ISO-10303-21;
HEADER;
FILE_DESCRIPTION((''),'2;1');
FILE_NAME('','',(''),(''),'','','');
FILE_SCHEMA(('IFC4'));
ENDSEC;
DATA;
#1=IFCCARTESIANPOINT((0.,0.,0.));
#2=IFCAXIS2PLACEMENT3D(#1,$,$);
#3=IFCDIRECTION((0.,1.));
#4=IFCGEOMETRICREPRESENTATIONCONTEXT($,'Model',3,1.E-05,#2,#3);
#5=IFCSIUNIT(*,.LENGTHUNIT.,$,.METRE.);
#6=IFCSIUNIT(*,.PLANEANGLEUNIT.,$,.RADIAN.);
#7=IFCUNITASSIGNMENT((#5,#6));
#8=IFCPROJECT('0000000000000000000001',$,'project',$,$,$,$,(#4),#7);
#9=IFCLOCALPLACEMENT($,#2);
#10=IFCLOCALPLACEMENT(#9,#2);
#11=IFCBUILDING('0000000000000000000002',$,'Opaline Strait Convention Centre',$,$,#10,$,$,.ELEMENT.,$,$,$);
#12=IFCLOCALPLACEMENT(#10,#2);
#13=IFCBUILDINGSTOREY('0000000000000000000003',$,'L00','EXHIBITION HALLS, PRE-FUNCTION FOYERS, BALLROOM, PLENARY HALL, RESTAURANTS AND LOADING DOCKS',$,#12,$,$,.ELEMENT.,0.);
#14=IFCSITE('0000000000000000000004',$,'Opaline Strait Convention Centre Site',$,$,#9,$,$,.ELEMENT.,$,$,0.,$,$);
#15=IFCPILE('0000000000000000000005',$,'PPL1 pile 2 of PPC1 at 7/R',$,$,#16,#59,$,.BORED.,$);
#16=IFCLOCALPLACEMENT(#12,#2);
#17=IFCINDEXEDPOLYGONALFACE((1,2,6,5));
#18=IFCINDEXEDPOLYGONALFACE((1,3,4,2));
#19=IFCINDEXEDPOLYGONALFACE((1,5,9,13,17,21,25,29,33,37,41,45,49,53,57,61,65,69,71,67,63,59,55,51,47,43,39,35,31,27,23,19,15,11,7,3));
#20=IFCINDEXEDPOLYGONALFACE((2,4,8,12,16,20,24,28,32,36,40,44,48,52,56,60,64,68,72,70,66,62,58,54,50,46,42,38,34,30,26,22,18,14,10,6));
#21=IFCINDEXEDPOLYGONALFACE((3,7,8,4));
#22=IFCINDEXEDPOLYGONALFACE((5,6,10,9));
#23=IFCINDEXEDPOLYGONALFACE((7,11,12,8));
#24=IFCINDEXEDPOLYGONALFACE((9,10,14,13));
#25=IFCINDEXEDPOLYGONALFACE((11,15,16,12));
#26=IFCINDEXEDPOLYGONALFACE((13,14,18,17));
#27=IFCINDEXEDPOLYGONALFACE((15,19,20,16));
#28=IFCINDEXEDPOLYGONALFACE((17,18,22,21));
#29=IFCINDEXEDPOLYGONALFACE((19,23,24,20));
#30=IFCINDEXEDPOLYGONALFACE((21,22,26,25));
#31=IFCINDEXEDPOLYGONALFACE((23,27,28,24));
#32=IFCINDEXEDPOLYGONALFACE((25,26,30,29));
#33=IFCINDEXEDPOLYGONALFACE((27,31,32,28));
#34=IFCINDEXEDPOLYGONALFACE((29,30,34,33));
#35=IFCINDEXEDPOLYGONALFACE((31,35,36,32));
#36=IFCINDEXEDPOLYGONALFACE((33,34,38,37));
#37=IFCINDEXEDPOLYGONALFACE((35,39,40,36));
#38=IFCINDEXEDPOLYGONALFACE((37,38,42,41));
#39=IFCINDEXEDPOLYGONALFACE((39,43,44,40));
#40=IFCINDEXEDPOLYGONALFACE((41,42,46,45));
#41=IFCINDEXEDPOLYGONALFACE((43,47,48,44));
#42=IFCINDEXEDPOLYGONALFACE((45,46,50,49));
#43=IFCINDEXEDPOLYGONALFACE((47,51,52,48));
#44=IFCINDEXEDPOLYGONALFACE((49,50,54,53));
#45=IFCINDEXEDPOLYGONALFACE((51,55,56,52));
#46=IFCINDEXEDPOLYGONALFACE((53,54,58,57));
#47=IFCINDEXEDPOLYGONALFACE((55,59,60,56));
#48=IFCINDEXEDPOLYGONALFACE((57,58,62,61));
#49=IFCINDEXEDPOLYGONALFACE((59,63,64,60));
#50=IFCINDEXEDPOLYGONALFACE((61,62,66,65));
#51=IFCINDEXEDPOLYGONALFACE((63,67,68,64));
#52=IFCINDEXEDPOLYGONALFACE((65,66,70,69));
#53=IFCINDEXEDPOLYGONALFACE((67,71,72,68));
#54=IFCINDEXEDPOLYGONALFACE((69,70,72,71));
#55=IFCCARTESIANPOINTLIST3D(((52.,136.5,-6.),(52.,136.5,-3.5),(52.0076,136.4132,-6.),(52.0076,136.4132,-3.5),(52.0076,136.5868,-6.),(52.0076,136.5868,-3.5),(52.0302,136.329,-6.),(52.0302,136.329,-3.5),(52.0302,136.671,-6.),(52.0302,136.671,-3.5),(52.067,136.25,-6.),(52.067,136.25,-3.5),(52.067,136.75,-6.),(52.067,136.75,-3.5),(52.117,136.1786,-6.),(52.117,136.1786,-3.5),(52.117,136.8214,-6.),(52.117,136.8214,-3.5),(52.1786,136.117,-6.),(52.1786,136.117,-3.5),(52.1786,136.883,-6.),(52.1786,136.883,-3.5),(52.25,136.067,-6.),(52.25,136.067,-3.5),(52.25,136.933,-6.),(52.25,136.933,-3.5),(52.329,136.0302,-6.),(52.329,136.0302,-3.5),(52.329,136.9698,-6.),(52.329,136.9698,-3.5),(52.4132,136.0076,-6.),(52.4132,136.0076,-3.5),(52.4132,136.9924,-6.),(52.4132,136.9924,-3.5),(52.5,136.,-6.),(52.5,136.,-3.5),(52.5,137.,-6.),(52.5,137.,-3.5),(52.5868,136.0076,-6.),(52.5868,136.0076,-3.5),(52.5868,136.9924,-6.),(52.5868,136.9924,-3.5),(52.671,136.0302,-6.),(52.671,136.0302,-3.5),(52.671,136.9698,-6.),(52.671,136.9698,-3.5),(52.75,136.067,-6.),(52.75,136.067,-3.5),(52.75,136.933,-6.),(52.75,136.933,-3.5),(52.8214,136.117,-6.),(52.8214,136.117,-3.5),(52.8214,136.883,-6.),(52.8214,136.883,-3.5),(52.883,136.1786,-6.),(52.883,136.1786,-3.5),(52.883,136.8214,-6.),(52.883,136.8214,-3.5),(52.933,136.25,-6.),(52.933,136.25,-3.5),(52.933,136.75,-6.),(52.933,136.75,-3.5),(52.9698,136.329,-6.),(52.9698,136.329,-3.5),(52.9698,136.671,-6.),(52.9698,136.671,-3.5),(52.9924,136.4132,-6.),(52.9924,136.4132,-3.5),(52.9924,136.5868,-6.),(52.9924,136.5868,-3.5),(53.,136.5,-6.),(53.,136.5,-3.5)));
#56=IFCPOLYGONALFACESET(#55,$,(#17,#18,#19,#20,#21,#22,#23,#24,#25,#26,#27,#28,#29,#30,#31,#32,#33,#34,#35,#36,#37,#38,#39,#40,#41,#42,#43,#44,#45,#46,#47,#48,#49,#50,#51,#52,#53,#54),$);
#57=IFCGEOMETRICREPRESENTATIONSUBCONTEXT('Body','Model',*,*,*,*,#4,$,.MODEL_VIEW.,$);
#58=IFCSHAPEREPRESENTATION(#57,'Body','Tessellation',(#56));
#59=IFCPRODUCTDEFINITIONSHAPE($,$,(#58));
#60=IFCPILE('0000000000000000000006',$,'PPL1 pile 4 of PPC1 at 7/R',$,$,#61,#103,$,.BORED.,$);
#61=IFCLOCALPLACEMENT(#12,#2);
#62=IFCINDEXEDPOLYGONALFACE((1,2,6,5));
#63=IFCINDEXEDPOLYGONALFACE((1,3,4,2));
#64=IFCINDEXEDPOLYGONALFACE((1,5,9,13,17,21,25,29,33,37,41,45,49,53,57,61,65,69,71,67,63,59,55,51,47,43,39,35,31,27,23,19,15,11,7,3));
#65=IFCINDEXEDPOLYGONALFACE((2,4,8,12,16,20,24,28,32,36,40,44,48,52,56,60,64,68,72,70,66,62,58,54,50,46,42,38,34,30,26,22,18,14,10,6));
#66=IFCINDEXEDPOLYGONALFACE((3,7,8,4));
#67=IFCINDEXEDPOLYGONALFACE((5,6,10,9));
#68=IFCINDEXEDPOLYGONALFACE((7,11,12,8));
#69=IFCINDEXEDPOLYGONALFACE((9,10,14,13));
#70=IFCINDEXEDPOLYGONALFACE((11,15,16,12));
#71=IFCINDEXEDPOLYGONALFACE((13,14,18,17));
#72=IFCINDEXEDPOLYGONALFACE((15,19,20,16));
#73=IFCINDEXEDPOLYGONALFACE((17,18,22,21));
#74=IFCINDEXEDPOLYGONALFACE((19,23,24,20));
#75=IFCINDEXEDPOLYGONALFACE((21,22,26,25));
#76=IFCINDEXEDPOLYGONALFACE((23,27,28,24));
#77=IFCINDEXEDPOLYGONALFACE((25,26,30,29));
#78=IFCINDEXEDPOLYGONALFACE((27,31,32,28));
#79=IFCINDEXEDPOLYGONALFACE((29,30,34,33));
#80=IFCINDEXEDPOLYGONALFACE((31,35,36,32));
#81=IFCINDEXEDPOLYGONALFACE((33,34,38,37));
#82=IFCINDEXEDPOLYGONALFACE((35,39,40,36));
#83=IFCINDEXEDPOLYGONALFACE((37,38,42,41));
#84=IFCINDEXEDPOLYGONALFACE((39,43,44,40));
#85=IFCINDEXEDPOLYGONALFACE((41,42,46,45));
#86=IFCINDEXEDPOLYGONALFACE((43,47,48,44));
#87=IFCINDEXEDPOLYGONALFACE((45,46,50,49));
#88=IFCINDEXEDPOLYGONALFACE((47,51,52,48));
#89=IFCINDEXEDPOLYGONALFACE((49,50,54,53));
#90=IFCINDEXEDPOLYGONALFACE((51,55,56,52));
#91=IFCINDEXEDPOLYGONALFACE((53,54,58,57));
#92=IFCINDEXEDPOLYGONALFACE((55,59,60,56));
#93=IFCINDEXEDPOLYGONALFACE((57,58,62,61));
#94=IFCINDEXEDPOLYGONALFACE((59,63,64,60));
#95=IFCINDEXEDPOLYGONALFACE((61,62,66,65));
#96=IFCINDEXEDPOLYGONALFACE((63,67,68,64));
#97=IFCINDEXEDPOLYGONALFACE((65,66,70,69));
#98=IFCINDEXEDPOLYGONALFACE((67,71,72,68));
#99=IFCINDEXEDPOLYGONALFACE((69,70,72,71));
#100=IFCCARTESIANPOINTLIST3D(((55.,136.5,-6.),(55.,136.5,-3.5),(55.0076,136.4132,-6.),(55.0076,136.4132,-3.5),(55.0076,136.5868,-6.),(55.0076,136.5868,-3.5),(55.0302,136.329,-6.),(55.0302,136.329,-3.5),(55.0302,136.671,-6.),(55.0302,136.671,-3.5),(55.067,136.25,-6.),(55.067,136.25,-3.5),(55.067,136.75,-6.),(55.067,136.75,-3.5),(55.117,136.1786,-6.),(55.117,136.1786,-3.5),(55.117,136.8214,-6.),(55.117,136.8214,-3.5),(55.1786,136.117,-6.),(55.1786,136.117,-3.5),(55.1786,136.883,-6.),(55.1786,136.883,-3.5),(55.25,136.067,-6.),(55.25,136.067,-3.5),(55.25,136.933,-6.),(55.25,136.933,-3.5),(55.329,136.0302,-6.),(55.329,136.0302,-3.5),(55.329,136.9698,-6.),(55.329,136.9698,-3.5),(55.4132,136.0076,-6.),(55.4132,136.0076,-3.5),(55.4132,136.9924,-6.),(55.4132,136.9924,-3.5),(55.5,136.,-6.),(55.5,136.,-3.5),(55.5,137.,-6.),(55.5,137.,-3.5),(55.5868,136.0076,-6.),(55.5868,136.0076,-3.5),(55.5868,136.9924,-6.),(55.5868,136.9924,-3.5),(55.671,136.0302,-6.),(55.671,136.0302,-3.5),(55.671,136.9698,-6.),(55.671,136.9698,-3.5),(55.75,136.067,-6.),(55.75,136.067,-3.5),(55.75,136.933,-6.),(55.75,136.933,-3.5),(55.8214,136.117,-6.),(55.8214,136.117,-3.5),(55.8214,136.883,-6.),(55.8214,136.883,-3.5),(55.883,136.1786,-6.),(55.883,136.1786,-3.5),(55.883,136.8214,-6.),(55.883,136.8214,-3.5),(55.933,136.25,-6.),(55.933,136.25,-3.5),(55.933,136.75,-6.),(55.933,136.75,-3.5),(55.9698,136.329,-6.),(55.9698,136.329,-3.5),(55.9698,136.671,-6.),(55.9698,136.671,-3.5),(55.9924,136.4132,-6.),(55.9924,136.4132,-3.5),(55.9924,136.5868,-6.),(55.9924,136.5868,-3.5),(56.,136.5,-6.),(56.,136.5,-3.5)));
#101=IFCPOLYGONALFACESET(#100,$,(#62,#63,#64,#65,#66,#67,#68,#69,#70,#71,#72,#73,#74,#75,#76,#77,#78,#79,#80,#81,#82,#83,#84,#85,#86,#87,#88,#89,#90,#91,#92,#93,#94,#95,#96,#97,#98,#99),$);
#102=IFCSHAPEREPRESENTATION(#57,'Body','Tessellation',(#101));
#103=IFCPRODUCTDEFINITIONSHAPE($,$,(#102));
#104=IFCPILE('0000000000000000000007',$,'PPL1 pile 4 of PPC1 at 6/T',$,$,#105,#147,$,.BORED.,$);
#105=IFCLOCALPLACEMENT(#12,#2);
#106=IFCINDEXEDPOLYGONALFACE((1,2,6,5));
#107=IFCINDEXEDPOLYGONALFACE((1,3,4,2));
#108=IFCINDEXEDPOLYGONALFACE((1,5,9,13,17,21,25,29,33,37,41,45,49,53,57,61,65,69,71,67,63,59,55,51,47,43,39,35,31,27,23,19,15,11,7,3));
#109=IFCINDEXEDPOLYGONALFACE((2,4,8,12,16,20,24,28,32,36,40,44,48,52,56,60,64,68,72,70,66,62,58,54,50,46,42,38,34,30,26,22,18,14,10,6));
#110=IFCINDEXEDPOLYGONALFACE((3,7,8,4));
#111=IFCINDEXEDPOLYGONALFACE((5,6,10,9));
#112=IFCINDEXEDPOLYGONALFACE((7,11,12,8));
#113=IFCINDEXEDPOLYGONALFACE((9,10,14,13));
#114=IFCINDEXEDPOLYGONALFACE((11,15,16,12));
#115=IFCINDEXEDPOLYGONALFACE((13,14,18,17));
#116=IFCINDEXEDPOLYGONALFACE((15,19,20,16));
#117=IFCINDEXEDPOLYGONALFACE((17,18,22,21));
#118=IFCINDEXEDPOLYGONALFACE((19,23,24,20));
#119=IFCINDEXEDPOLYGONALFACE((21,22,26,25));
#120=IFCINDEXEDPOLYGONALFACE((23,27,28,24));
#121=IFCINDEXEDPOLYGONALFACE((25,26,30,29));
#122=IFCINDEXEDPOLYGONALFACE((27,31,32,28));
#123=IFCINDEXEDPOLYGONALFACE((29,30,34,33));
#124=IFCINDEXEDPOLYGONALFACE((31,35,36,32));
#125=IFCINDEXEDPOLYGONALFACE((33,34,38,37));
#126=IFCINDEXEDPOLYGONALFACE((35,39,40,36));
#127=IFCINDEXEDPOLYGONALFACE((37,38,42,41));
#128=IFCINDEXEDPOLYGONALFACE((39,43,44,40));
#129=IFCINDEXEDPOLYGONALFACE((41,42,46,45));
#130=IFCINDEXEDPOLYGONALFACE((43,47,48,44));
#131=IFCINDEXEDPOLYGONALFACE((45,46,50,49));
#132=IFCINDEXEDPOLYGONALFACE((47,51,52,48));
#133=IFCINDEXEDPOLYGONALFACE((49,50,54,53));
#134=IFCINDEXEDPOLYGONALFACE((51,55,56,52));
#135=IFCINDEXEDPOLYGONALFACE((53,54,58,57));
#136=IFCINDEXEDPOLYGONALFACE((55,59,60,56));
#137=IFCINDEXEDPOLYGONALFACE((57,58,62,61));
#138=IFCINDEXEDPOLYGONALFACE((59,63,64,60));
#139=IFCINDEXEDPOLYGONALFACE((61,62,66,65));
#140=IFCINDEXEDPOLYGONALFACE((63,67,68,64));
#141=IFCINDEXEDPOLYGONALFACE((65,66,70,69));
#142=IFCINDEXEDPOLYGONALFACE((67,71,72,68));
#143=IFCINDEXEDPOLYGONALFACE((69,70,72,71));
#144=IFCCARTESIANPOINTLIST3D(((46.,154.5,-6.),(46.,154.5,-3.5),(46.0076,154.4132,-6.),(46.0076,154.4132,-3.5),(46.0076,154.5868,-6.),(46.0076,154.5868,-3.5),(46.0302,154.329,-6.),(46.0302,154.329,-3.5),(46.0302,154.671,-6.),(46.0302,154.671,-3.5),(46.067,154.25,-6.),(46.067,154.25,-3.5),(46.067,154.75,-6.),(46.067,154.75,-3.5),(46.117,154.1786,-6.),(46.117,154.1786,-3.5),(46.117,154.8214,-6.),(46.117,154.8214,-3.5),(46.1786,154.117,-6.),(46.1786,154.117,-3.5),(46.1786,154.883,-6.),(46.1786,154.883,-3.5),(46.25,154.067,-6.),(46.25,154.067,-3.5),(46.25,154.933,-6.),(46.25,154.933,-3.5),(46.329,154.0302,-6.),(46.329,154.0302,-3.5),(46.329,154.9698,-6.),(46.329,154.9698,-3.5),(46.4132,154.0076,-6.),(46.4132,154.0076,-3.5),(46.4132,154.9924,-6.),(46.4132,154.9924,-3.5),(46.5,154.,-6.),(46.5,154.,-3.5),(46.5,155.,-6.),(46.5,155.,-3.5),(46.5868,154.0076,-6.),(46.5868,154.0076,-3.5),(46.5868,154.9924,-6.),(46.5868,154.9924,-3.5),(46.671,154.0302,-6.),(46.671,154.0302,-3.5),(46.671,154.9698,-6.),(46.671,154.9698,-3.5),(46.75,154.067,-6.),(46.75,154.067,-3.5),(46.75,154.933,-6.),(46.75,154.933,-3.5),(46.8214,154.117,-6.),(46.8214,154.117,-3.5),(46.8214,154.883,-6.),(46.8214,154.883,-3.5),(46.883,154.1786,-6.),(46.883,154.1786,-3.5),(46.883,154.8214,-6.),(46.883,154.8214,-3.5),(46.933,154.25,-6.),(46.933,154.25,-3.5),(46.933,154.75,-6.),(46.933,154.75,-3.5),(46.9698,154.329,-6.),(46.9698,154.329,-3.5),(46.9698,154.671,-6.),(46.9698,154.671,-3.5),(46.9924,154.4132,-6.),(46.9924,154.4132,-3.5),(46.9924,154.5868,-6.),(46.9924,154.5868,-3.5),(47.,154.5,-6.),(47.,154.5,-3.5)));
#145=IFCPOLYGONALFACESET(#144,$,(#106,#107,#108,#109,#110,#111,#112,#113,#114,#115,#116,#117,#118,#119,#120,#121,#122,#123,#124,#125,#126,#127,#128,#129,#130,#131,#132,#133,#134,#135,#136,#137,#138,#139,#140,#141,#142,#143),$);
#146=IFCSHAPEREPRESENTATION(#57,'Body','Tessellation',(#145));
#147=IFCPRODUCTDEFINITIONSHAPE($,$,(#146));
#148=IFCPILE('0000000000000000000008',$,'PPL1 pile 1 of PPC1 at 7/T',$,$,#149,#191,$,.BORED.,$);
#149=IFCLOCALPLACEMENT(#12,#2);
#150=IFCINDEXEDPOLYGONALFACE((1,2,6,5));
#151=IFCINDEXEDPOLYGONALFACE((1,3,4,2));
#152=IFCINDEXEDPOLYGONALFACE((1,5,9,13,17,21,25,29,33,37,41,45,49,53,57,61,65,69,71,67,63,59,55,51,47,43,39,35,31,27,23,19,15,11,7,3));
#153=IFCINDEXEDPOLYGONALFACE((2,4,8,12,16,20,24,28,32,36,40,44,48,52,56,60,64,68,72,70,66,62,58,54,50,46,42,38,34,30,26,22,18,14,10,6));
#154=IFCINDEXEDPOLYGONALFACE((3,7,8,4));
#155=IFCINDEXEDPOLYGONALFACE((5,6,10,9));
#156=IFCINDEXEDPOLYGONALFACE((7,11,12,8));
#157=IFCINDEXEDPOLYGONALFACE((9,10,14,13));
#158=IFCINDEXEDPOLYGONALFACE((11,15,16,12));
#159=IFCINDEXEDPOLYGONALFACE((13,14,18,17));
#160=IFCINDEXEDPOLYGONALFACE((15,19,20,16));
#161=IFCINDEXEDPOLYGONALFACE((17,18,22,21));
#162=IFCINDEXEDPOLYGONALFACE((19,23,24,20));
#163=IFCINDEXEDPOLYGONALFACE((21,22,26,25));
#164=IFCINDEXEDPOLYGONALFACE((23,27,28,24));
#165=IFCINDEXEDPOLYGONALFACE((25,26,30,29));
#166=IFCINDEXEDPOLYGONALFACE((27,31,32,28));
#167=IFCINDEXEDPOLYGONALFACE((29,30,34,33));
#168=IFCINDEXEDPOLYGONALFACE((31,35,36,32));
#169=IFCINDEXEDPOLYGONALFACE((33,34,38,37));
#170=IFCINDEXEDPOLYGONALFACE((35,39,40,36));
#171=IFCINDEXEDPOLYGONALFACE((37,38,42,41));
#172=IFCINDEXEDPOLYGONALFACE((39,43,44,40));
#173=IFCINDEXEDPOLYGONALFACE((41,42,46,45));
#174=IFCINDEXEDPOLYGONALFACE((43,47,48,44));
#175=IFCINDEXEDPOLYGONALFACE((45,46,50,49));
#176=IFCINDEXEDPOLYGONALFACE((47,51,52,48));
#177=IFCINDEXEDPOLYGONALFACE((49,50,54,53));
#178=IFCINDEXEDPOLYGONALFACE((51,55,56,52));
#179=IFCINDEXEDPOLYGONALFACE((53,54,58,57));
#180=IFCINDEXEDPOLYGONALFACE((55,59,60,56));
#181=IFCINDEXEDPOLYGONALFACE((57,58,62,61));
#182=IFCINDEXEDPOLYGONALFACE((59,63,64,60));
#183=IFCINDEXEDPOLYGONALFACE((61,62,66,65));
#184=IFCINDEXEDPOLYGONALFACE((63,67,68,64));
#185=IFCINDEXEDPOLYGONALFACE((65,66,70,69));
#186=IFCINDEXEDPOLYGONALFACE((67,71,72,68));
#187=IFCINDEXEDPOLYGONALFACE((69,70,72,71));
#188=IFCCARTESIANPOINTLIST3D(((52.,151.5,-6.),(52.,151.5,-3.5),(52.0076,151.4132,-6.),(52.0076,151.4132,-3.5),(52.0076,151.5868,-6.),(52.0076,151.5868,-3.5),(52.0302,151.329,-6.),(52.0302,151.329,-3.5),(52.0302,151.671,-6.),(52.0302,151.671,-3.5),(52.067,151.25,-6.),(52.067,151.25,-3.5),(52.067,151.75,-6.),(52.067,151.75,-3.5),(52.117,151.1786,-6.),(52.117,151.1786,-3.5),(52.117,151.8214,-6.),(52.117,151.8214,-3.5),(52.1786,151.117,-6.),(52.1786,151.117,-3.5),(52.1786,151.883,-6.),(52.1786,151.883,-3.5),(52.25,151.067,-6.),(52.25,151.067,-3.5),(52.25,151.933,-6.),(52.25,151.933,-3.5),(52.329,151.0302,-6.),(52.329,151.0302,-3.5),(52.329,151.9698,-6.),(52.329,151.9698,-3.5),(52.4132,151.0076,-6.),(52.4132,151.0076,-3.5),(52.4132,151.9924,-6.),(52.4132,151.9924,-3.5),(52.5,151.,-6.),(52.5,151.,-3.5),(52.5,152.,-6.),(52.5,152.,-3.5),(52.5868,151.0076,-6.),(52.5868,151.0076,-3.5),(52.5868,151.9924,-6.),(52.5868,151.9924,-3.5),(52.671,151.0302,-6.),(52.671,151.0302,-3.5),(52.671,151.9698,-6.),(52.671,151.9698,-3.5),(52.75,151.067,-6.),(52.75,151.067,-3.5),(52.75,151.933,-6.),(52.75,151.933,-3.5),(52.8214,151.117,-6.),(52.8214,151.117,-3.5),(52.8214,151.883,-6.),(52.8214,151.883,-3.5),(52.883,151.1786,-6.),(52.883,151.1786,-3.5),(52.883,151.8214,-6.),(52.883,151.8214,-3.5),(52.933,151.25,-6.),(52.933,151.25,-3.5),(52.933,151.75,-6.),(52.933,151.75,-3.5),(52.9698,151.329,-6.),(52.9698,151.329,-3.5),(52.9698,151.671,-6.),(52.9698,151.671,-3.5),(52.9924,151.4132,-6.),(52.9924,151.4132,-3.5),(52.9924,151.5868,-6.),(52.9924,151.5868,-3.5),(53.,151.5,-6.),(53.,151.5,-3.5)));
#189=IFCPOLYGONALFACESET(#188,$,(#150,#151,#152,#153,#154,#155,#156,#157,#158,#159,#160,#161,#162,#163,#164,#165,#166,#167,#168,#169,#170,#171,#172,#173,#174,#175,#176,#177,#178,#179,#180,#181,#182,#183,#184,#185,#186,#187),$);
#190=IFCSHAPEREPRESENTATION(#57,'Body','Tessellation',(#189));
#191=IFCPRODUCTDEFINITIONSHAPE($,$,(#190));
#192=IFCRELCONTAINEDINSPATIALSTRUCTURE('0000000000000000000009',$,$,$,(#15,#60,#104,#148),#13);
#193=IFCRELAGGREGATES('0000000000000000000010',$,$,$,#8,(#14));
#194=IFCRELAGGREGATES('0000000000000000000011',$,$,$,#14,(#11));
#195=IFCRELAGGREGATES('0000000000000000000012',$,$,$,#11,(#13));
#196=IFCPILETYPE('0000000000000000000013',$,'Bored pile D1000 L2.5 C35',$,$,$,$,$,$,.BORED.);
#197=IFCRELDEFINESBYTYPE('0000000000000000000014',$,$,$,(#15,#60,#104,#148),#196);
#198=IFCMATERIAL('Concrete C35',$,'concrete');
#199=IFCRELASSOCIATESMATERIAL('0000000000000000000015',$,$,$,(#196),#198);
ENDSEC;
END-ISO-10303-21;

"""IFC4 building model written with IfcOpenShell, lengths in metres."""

from ifc_helpers import new_model, si_unit, direction, frame, origin, origin_2d, place, context, subcontext, project, spatial, circle, extrude, material, material_profile, profile_set, type_object, element, save


model = new_model("IFC4")

# Units and contexts
model_context = context("Model", 3, precision=1e-05, world=origin(), true_north=direction((0.0, 1.0)))
body_context = subcontext(model_context, "Body", "Model", "MODEL_VIEW")
ifc_project = project(units=[si_unit("LENGTHUNIT", "METRE"), si_unit("PLANEANGLEUNIT", "RADIAN")], contexts=[model_context])

# Site, building, storey
site_placement = place(None, origin())
site = spatial("IfcSite", under=ifc_project, at=site_placement, Name="Opaline Strait Convention Centre Site", CompositionType="ELEMENT", RefElevation=0.0)
building_placement = place(site_placement, origin())
building = spatial("IfcBuilding", under=site, at=building_placement, Name="Opaline Strait Convention Centre", CompositionType="ELEMENT")
storey_placement = place(building_placement, origin())
storey = spatial("IfcBuildingStorey", under=building, at=storey_placement, Name="L00", Description="EXHIBITION HALLS, PRE-FUNCTION FOYERS, BALLROOM, PLENARY HALL, RESTAURANTS AND LOADING DOCKS", CompositionType="ELEMENT", Elevation=0.0)

# Piles
ifc_material_1 = material(Name="Concrete C35", Category="concrete")
ifc_material_profile_1 = material_profile(ifc_material_1, circle(Radius=0.5, at=origin_2d()), Name="D1000")
ifc_profile_set_1 = profile_set([ifc_material_profile_1], Name="Concrete C35")
pile_type_1 = type_object("IfcPileType", Name="Bored pile D1000 L2.5 C35", PredefinedType="BORED", material=ifc_profile_set_1)
for number, where, z_axis, x_axis, name in (
    (1, (52.5, 136.5, -3.5), (0.0, 0.0, -1.0), (1.0, 0.0, 0.0), "PPL1 pile 2 of PPC1 at 7/R"),
    (2, (55.5, 136.5, -3.5), (0.0, 0.0, -1.0), (1.0, 0.0, 0.0), "PPL1 pile 4 of PPC1 at 7/R"),
    (3, (46.5, 154.5, -3.5), (0.0, 0.0, -1.0), (1.0, 0.0, 0.0), "PPL1 pile 4 of PPC1 at 6/T"),
    (4, (52.5, 151.5, -3.5), (0.0, 0.0, -1.0), (1.0, 0.0, 0.0), "PPL1 pile 1 of PPC1 at 7/T"),
):
    element("IfcPile", number, at=place(storey_placement, frame(where, z_axis=z_axis, x_axis=x_axis)), inside=storey, type_object=pile_type_1, Name=name, PredefinedType="BORED", context=body_context, shape_type="SweptSolid", body=[
        extrude(circle(Radius=0.5, at=origin_2d()), origin(), (0.0, 0.0, 1.0), 2.5),
    ])

save(model, "model.ifc")
